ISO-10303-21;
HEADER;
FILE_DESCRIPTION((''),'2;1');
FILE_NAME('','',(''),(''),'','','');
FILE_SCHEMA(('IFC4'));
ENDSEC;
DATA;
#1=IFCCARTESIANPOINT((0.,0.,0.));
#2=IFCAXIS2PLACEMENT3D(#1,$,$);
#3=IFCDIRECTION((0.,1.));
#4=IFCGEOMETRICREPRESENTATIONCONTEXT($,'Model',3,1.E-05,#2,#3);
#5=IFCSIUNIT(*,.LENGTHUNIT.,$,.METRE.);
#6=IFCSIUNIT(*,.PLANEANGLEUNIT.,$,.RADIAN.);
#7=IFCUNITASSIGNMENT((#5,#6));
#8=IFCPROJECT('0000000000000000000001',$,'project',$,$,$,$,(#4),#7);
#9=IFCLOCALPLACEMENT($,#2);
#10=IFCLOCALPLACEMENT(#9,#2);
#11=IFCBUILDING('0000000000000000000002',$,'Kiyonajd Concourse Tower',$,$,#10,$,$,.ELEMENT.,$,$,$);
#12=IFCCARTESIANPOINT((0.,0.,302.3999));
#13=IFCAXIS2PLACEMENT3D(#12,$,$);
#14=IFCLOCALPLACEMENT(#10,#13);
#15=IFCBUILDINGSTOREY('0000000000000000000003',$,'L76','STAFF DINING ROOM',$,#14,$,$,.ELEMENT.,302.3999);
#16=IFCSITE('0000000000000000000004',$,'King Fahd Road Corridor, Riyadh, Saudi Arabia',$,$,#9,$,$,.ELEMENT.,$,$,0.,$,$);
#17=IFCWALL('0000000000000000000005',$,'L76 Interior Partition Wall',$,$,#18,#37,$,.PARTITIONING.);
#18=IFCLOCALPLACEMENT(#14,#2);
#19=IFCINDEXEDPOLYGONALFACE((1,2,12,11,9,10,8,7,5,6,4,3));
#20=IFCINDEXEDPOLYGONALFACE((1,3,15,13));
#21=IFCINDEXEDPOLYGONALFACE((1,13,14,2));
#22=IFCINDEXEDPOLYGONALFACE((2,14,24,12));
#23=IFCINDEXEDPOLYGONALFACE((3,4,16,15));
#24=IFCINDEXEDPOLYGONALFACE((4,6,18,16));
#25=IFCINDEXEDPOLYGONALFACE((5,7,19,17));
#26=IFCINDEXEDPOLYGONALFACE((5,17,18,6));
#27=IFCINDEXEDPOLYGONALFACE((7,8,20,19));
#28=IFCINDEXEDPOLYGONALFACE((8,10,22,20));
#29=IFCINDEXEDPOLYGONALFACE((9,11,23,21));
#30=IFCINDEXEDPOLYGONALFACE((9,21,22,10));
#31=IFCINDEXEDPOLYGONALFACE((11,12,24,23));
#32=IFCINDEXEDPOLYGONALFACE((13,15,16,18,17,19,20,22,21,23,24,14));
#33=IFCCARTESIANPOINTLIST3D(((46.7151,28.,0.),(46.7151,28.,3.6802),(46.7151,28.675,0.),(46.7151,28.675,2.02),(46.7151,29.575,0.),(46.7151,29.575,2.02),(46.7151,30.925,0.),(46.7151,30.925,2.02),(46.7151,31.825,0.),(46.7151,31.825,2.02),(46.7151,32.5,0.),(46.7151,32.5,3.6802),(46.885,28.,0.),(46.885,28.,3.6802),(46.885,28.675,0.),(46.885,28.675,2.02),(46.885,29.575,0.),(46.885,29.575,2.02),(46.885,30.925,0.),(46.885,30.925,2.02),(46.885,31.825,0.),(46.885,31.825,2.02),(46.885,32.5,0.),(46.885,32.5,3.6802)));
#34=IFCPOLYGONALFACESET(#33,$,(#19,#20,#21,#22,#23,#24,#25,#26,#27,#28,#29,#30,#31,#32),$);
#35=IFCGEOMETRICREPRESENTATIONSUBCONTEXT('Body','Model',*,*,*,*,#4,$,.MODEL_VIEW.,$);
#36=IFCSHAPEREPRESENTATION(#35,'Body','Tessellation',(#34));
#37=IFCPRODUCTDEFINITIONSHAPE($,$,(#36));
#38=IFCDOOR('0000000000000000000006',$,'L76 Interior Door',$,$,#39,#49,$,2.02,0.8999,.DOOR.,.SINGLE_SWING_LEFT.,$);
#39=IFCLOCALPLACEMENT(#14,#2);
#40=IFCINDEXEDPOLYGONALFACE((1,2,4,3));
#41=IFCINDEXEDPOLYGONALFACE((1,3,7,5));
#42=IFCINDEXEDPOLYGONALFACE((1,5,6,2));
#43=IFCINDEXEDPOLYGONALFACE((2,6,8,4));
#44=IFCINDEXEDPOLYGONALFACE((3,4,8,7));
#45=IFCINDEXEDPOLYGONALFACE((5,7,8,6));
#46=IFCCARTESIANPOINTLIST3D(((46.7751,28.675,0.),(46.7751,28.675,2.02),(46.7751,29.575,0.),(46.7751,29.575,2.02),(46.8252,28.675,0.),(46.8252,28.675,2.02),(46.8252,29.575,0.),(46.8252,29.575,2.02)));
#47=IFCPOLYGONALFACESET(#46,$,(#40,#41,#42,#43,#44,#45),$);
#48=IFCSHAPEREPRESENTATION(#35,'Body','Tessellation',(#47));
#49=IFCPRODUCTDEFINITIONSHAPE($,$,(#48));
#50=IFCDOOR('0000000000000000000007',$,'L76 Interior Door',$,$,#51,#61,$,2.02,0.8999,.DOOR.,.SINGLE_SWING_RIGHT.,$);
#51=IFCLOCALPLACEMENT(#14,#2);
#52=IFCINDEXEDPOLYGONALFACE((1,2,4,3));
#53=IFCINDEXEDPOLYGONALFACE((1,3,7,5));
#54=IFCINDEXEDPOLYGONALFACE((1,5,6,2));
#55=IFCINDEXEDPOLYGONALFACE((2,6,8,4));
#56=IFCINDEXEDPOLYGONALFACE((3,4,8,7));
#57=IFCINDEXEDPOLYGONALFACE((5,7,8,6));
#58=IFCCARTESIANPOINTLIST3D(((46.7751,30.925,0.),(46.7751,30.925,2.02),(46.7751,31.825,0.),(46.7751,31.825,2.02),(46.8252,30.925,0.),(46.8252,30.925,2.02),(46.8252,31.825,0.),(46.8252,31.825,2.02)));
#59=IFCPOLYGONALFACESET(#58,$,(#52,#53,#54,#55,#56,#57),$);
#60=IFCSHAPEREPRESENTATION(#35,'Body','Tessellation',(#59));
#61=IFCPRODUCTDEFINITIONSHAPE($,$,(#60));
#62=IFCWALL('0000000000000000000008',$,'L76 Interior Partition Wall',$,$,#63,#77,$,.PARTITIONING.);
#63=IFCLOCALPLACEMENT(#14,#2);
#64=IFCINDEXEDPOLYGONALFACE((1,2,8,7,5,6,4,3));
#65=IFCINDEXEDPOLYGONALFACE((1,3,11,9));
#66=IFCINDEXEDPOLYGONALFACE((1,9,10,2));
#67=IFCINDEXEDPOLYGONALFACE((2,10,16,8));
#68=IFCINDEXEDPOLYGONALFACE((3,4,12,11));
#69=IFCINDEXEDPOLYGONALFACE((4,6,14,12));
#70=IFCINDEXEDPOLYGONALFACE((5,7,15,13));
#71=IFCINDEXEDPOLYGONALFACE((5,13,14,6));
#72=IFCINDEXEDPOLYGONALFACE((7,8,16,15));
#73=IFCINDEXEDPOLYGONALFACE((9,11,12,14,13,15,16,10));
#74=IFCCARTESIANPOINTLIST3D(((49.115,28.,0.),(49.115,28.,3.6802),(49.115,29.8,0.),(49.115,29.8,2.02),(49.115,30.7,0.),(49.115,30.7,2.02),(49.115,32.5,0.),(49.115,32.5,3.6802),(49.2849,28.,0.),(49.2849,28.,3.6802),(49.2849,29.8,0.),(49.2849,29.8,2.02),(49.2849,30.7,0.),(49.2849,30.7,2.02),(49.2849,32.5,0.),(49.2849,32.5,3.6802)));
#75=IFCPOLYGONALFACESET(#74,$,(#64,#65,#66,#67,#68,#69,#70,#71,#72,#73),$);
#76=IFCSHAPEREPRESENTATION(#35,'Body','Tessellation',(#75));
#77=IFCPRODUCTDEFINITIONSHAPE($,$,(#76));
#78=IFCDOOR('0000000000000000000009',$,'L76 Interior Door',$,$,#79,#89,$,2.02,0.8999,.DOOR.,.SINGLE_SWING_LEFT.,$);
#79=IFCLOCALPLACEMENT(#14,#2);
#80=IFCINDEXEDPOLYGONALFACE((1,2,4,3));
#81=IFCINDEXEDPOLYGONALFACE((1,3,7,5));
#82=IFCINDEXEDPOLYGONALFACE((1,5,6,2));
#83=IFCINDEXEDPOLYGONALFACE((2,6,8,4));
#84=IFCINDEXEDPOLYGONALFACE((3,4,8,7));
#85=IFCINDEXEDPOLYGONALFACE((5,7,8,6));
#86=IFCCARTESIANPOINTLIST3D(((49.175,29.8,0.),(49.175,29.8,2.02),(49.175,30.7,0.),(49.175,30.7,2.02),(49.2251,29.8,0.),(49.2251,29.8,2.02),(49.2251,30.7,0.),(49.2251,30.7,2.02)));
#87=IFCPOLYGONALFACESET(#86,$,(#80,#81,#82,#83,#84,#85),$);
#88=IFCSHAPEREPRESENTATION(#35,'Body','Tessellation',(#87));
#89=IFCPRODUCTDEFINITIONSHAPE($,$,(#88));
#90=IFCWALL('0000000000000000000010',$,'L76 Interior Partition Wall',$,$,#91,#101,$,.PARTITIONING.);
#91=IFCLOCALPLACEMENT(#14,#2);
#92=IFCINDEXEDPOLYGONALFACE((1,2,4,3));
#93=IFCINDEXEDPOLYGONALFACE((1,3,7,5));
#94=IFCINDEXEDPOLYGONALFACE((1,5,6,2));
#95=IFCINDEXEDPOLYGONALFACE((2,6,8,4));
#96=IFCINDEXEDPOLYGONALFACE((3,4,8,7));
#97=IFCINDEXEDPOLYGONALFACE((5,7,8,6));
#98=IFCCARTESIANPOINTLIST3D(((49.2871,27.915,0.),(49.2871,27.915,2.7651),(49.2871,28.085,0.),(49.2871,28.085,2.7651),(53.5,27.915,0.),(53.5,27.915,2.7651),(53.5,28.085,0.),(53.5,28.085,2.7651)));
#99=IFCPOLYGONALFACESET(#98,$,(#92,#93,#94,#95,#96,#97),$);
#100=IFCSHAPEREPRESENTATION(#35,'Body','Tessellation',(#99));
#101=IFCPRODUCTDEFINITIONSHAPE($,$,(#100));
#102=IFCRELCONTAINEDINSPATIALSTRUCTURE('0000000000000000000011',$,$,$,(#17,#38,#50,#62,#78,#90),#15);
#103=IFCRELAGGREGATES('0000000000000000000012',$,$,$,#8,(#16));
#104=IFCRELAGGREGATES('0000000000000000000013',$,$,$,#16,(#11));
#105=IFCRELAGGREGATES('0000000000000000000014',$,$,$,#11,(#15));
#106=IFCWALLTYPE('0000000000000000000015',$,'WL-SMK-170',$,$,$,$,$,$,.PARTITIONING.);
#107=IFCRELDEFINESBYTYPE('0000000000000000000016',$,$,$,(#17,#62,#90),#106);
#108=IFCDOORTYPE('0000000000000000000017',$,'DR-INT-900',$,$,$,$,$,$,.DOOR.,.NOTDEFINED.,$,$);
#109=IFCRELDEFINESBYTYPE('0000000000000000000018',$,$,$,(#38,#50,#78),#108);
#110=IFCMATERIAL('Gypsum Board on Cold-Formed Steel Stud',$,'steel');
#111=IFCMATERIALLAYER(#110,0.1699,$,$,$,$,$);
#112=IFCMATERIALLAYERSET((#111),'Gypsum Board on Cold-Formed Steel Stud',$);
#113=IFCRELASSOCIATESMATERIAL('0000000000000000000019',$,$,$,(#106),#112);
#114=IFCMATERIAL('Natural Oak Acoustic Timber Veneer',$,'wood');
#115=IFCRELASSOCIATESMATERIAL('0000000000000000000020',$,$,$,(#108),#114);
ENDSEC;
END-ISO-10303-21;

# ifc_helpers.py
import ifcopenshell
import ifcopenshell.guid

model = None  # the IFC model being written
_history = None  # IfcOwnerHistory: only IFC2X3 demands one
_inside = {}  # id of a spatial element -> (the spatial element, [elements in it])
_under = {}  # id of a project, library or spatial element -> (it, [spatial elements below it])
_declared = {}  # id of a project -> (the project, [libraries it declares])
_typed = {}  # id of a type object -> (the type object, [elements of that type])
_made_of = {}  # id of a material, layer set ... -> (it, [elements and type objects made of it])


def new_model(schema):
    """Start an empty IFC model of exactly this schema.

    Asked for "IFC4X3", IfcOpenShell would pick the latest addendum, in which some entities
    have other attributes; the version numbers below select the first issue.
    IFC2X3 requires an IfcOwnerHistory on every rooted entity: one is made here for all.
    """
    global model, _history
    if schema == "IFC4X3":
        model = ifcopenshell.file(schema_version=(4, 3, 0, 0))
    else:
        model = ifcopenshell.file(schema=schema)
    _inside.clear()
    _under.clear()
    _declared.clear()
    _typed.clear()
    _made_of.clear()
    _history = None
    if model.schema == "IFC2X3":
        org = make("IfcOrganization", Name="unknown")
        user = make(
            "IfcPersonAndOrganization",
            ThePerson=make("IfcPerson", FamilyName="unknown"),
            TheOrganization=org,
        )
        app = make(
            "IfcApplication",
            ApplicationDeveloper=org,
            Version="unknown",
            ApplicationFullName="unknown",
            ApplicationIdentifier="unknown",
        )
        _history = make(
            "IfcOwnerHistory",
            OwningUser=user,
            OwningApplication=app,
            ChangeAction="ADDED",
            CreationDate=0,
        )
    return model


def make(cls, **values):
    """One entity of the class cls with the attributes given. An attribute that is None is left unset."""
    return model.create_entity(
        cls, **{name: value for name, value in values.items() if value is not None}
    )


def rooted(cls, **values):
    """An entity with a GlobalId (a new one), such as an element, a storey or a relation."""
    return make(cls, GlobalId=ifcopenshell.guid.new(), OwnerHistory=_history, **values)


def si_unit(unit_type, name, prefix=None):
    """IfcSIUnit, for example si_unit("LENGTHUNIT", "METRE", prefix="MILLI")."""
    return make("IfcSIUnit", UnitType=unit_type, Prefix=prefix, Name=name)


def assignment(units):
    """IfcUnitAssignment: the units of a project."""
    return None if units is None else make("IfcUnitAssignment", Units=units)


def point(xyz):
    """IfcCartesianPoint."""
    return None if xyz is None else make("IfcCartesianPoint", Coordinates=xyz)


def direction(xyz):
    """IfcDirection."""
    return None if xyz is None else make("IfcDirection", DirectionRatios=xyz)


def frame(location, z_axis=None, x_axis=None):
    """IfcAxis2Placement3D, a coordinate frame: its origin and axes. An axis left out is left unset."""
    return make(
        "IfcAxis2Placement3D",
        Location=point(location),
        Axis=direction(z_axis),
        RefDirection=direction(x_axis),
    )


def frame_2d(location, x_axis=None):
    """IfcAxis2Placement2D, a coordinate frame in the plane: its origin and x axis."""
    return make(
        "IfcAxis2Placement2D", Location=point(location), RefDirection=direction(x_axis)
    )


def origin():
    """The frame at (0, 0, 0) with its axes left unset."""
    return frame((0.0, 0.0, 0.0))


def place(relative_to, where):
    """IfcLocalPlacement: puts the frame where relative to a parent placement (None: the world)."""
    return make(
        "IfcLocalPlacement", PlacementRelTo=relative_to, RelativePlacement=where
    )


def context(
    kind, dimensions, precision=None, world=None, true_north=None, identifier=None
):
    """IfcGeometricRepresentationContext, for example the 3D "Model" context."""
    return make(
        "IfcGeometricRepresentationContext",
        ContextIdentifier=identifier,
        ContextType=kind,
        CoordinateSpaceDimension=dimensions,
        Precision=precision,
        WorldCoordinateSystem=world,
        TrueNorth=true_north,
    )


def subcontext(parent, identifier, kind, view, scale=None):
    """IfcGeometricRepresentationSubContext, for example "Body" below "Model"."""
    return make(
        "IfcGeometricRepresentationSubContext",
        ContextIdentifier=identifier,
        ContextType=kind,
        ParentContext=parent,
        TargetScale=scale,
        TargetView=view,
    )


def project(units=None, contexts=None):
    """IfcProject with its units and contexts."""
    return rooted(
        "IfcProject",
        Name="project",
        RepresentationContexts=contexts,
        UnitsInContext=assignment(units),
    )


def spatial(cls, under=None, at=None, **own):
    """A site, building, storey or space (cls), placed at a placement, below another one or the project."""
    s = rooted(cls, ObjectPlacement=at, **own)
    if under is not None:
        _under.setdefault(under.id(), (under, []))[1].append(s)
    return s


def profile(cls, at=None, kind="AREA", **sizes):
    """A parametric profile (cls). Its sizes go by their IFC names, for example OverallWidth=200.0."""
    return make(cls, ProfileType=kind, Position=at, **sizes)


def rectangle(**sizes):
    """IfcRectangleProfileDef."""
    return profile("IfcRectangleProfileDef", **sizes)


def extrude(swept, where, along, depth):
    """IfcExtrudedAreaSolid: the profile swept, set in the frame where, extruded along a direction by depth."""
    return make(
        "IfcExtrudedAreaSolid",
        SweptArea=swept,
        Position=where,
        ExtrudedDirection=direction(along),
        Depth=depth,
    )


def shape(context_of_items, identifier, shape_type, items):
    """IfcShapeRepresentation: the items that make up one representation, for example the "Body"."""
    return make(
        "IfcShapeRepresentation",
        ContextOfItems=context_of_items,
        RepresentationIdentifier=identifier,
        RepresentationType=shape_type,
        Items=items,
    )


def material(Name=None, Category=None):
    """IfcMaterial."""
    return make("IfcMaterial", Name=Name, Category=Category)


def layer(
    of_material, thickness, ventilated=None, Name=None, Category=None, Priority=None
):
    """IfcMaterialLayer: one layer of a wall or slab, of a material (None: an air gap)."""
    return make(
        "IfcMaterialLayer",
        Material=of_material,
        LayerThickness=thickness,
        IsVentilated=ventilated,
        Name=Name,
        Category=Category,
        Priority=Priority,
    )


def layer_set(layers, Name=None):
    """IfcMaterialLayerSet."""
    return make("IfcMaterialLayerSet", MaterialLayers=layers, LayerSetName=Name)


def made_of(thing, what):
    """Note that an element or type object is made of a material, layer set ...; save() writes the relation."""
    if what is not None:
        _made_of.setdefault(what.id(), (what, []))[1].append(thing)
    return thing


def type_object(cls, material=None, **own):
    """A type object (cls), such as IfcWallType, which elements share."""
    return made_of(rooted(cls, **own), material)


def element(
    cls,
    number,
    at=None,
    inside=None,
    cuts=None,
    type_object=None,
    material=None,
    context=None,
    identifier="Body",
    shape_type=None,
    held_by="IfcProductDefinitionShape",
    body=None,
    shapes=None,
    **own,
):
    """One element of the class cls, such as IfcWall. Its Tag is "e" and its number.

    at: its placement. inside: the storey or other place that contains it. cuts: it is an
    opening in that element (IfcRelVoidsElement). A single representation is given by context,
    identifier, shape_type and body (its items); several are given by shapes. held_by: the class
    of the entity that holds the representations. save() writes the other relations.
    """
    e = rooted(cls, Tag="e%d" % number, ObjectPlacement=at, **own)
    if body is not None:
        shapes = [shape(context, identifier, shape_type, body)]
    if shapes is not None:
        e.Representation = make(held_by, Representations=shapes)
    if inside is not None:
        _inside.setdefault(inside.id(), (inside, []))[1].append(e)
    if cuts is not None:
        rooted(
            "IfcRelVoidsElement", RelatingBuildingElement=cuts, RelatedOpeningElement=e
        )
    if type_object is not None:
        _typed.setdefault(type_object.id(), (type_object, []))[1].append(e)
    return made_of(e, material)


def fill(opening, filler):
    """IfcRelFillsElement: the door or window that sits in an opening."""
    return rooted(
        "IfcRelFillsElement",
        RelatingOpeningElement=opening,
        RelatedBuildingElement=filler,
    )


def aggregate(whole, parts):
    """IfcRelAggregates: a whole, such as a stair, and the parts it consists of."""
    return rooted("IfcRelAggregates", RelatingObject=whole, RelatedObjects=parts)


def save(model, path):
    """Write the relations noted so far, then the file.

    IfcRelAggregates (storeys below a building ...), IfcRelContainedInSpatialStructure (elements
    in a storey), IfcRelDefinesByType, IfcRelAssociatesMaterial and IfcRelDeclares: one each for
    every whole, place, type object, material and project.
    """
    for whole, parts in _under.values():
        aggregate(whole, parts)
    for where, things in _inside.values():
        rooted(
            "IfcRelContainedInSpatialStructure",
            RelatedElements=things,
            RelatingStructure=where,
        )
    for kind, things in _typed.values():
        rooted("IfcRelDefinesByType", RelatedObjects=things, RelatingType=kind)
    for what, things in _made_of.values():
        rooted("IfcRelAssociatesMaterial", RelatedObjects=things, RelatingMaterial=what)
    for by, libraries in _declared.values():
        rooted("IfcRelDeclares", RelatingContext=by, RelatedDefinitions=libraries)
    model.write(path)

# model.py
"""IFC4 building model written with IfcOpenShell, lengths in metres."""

from ifc_helpers import new_model, si_unit, direction, frame, frame_2d, origin, place, context, subcontext, project, spatial, rectangle, extrude, material, layer, layer_set, type_object, element, fill, save


model = new_model("IFC4")

# Units and contexts
model_context = context("Model", 3, precision=1e-05, world=origin(), true_north=direction((0.0, 1.0)))
body_context = subcontext(model_context, "Body", "Model", "MODEL_VIEW")
ifc_project = project(units=[si_unit("LENGTHUNIT", "METRE"), si_unit("PLANEANGLEUNIT", "RADIAN")], contexts=[model_context])

# Site, building, storey
site_placement = place(None, origin())
site = spatial("IfcSite", under=ifc_project, at=site_placement, Name="King Fahd Road Corridor, Riyadh, Saudi Arabia", CompositionType="ELEMENT", RefElevation=0.0)
building_placement = place(site_placement, origin())
building = spatial("IfcBuilding", under=site, at=building_placement, Name="Kiyonajd Concourse Tower", CompositionType="ELEMENT")
storey_placement = place(building_placement, frame((0.0, 0.0, 302.3999)))
storey = spatial("IfcBuildingStorey", under=building, at=storey_placement, Name="L76", Description="STAFF DINING ROOM", CompositionType="ELEMENT", Elevation=302.3999)

# Shared definitions
ifc_material_1 = material(Name="Gypsum Board on Cold-Formed Steel Stud", Category="steel")
ifc_layer = layer(ifc_material_1, 0.1699)
ifc_layer_set = layer_set([ifc_layer], Name="Gypsum Board on Cold-Formed Steel Stud")
wall_type = type_object("IfcWallType", Name="WL-SMK-170", PredefinedType="PARTITIONING", material=ifc_layer_set)
ifc_material_2 = material(Name="Natural Oak Acoustic Timber Veneer", Category="wood")
door_type = type_object("IfcDoorType", Name="DR-INT-900", OperationType="NOTDEFINED", PredefinedType="DOOR", material=ifc_material_2)

# Wall, openings, doors
wall_1_placement = place(storey_placement, frame((46.8, 28.0, 0.0), z_axis=(0.0, 0.0, 1.0), x_axis=(0.0, 1.0, 0.0)))
wall_1 = element("IfcWall", 1, at=wall_1_placement, inside=storey, type_object=wall_type, Name="L76 Interior Partition Wall", PredefinedType="PARTITIONING", context=body_context, shape_type="SweptSolid", body=[
    extrude(rectangle(XDim=4.5, YDim=0.1699, at=frame_2d((2.25, 0.0))), origin(), (0.0, 0.0, 1.0), 3.6802),
])
opening_1_placement = place(wall_1_placement, frame((0.675, 0.0, 0.0)))
opening_1 = element("IfcOpeningElement", 2, at=opening_1_placement, cuts=wall_1, PredefinedType="OPENING", context=body_context, shape_type="SweptSolid", body=[
    extrude(rectangle(XDim=0.8999, YDim=2.02, at=frame_2d((0.45, 1.01))), frame((0.0, 0.095, 0.0), z_axis=(0.0, -1.0, 0.0), x_axis=(1.0, 0.0, 0.0)), (0.0, 0.0, 1.0), 0.1899),
])
opening_2_placement = place(wall_1_placement, frame((2.925, 0.0, 0.0)))
opening_2 = element("IfcOpeningElement", 3, at=opening_2_placement, cuts=wall_1, PredefinedType="OPENING", context=body_context, shape_type="SweptSolid", body=[
    extrude(rectangle(XDim=0.8999, YDim=2.02, at=frame_2d((0.45, 1.01))), frame((0.0, 0.095, 0.0), z_axis=(0.0, -1.0, 0.0), x_axis=(1.0, 0.0, 0.0)), (0.0, 0.0, 1.0), 0.1899),
])
door_1_placement = place(opening_1_placement, origin())
door_1 = element("IfcDoor", 4, at=door_1_placement, inside=storey, type_object=door_type, Name="L76 Interior Door", OperationType="SINGLE_SWING_LEFT", OverallHeight=2.02, OverallWidth=0.8999, PredefinedType="DOOR", context=body_context, shape_type="SweptSolid", body=[
    extrude(rectangle(XDim=0.8999, YDim=2.02, at=frame_2d((0.45, 1.01))), frame((0.0, 0.0249, 0.0), z_axis=(0.0, -1.0, 0.0), x_axis=(1.0, 0.0, 0.0)), (0.0, 0.0, 1.0), 0.05),
])
fill(opening_1, door_1)
door_2_placement = place(opening_2_placement, origin())
door_2 = element("IfcDoor", 5, at=door_2_placement, inside=storey, type_object=door_type, Name="L76 Interior Door", OperationType="SINGLE_SWING_RIGHT", OverallHeight=2.02, OverallWidth=0.8999, PredefinedType="DOOR", context=body_context, shape_type="SweptSolid", body=[
    extrude(rectangle(XDim=0.8999, YDim=2.02, at=frame_2d((0.45, 1.01))), frame((0.0, 0.0249, 0.0), z_axis=(0.0, -1.0, 0.0), x_axis=(1.0, 0.0, 0.0)), (0.0, 0.0, 1.0), 0.05),
])
fill(opening_2, door_2)

# Wall, opening, door
wall_2_placement = place(storey_placement, frame((49.2, 28.0, 0.0), z_axis=(0.0, 0.0, 1.0), x_axis=(0.0, 1.0, 0.0)))
wall_2 = element("IfcWall", 6, at=wall_2_placement, inside=storey, type_object=wall_type, Name="L76 Interior Partition Wall", PredefinedType="PARTITIONING", context=body_context, shape_type="SweptSolid", body=[
    extrude(rectangle(XDim=4.5, YDim=0.1699, at=frame_2d((2.25, 0.0))), origin(), (0.0, 0.0, 1.0), 3.6802),
])
opening_3_placement = place(wall_2_placement, frame((1.8, 0.0, 0.0)))
opening_3 = element("IfcOpeningElement", 7, at=opening_3_placement, cuts=wall_2, PredefinedType="OPENING", context=body_context, shape_type="SweptSolid", body=[
    extrude(rectangle(XDim=0.8999, YDim=2.02, at=frame_2d((0.45, 1.01))), frame((0.0, 0.095, 0.0), z_axis=(0.0, -1.0, 0.0), x_axis=(1.0, 0.0, 0.0)), (0.0, 0.0, 1.0), 0.1899),
])
door_3_placement = place(opening_3_placement, origin())
door_3 = element("IfcDoor", 8, at=door_3_placement, inside=storey, type_object=door_type, Name="L76 Interior Door", OperationType="SINGLE_SWING_LEFT", OverallHeight=2.02, OverallWidth=0.8999, PredefinedType="DOOR", context=body_context, shape_type="SweptSolid", body=[
    extrude(rectangle(XDim=0.8999, YDim=2.02, at=frame_2d((0.45, 1.01))), frame((0.0, 0.0249, 0.0), z_axis=(0.0, -1.0, 0.0), x_axis=(1.0, 0.0, 0.0)), (0.0, 0.0, 1.0), 0.05),
])
fill(opening_3, door_3)

# Wall
wall_3_placement = place(storey_placement, frame((49.2871, 28.0, 0.0), z_axis=(0.0, 0.0, 1.0), x_axis=(1.0, 0.0, 0.0)))
element("IfcWall", 9, at=wall_3_placement, inside=storey, type_object=wall_type, Name="L76 Interior Partition Wall", PredefinedType="PARTITIONING", context=body_context, shape_type="SweptSolid", body=[
    extrude(rectangle(XDim=4.2129, YDim=0.1699, at=frame_2d((2.1064, 0.0))), origin(), (0.0, 0.0, 1.0), 2.7651),
])

save(model, "model.ifc")
